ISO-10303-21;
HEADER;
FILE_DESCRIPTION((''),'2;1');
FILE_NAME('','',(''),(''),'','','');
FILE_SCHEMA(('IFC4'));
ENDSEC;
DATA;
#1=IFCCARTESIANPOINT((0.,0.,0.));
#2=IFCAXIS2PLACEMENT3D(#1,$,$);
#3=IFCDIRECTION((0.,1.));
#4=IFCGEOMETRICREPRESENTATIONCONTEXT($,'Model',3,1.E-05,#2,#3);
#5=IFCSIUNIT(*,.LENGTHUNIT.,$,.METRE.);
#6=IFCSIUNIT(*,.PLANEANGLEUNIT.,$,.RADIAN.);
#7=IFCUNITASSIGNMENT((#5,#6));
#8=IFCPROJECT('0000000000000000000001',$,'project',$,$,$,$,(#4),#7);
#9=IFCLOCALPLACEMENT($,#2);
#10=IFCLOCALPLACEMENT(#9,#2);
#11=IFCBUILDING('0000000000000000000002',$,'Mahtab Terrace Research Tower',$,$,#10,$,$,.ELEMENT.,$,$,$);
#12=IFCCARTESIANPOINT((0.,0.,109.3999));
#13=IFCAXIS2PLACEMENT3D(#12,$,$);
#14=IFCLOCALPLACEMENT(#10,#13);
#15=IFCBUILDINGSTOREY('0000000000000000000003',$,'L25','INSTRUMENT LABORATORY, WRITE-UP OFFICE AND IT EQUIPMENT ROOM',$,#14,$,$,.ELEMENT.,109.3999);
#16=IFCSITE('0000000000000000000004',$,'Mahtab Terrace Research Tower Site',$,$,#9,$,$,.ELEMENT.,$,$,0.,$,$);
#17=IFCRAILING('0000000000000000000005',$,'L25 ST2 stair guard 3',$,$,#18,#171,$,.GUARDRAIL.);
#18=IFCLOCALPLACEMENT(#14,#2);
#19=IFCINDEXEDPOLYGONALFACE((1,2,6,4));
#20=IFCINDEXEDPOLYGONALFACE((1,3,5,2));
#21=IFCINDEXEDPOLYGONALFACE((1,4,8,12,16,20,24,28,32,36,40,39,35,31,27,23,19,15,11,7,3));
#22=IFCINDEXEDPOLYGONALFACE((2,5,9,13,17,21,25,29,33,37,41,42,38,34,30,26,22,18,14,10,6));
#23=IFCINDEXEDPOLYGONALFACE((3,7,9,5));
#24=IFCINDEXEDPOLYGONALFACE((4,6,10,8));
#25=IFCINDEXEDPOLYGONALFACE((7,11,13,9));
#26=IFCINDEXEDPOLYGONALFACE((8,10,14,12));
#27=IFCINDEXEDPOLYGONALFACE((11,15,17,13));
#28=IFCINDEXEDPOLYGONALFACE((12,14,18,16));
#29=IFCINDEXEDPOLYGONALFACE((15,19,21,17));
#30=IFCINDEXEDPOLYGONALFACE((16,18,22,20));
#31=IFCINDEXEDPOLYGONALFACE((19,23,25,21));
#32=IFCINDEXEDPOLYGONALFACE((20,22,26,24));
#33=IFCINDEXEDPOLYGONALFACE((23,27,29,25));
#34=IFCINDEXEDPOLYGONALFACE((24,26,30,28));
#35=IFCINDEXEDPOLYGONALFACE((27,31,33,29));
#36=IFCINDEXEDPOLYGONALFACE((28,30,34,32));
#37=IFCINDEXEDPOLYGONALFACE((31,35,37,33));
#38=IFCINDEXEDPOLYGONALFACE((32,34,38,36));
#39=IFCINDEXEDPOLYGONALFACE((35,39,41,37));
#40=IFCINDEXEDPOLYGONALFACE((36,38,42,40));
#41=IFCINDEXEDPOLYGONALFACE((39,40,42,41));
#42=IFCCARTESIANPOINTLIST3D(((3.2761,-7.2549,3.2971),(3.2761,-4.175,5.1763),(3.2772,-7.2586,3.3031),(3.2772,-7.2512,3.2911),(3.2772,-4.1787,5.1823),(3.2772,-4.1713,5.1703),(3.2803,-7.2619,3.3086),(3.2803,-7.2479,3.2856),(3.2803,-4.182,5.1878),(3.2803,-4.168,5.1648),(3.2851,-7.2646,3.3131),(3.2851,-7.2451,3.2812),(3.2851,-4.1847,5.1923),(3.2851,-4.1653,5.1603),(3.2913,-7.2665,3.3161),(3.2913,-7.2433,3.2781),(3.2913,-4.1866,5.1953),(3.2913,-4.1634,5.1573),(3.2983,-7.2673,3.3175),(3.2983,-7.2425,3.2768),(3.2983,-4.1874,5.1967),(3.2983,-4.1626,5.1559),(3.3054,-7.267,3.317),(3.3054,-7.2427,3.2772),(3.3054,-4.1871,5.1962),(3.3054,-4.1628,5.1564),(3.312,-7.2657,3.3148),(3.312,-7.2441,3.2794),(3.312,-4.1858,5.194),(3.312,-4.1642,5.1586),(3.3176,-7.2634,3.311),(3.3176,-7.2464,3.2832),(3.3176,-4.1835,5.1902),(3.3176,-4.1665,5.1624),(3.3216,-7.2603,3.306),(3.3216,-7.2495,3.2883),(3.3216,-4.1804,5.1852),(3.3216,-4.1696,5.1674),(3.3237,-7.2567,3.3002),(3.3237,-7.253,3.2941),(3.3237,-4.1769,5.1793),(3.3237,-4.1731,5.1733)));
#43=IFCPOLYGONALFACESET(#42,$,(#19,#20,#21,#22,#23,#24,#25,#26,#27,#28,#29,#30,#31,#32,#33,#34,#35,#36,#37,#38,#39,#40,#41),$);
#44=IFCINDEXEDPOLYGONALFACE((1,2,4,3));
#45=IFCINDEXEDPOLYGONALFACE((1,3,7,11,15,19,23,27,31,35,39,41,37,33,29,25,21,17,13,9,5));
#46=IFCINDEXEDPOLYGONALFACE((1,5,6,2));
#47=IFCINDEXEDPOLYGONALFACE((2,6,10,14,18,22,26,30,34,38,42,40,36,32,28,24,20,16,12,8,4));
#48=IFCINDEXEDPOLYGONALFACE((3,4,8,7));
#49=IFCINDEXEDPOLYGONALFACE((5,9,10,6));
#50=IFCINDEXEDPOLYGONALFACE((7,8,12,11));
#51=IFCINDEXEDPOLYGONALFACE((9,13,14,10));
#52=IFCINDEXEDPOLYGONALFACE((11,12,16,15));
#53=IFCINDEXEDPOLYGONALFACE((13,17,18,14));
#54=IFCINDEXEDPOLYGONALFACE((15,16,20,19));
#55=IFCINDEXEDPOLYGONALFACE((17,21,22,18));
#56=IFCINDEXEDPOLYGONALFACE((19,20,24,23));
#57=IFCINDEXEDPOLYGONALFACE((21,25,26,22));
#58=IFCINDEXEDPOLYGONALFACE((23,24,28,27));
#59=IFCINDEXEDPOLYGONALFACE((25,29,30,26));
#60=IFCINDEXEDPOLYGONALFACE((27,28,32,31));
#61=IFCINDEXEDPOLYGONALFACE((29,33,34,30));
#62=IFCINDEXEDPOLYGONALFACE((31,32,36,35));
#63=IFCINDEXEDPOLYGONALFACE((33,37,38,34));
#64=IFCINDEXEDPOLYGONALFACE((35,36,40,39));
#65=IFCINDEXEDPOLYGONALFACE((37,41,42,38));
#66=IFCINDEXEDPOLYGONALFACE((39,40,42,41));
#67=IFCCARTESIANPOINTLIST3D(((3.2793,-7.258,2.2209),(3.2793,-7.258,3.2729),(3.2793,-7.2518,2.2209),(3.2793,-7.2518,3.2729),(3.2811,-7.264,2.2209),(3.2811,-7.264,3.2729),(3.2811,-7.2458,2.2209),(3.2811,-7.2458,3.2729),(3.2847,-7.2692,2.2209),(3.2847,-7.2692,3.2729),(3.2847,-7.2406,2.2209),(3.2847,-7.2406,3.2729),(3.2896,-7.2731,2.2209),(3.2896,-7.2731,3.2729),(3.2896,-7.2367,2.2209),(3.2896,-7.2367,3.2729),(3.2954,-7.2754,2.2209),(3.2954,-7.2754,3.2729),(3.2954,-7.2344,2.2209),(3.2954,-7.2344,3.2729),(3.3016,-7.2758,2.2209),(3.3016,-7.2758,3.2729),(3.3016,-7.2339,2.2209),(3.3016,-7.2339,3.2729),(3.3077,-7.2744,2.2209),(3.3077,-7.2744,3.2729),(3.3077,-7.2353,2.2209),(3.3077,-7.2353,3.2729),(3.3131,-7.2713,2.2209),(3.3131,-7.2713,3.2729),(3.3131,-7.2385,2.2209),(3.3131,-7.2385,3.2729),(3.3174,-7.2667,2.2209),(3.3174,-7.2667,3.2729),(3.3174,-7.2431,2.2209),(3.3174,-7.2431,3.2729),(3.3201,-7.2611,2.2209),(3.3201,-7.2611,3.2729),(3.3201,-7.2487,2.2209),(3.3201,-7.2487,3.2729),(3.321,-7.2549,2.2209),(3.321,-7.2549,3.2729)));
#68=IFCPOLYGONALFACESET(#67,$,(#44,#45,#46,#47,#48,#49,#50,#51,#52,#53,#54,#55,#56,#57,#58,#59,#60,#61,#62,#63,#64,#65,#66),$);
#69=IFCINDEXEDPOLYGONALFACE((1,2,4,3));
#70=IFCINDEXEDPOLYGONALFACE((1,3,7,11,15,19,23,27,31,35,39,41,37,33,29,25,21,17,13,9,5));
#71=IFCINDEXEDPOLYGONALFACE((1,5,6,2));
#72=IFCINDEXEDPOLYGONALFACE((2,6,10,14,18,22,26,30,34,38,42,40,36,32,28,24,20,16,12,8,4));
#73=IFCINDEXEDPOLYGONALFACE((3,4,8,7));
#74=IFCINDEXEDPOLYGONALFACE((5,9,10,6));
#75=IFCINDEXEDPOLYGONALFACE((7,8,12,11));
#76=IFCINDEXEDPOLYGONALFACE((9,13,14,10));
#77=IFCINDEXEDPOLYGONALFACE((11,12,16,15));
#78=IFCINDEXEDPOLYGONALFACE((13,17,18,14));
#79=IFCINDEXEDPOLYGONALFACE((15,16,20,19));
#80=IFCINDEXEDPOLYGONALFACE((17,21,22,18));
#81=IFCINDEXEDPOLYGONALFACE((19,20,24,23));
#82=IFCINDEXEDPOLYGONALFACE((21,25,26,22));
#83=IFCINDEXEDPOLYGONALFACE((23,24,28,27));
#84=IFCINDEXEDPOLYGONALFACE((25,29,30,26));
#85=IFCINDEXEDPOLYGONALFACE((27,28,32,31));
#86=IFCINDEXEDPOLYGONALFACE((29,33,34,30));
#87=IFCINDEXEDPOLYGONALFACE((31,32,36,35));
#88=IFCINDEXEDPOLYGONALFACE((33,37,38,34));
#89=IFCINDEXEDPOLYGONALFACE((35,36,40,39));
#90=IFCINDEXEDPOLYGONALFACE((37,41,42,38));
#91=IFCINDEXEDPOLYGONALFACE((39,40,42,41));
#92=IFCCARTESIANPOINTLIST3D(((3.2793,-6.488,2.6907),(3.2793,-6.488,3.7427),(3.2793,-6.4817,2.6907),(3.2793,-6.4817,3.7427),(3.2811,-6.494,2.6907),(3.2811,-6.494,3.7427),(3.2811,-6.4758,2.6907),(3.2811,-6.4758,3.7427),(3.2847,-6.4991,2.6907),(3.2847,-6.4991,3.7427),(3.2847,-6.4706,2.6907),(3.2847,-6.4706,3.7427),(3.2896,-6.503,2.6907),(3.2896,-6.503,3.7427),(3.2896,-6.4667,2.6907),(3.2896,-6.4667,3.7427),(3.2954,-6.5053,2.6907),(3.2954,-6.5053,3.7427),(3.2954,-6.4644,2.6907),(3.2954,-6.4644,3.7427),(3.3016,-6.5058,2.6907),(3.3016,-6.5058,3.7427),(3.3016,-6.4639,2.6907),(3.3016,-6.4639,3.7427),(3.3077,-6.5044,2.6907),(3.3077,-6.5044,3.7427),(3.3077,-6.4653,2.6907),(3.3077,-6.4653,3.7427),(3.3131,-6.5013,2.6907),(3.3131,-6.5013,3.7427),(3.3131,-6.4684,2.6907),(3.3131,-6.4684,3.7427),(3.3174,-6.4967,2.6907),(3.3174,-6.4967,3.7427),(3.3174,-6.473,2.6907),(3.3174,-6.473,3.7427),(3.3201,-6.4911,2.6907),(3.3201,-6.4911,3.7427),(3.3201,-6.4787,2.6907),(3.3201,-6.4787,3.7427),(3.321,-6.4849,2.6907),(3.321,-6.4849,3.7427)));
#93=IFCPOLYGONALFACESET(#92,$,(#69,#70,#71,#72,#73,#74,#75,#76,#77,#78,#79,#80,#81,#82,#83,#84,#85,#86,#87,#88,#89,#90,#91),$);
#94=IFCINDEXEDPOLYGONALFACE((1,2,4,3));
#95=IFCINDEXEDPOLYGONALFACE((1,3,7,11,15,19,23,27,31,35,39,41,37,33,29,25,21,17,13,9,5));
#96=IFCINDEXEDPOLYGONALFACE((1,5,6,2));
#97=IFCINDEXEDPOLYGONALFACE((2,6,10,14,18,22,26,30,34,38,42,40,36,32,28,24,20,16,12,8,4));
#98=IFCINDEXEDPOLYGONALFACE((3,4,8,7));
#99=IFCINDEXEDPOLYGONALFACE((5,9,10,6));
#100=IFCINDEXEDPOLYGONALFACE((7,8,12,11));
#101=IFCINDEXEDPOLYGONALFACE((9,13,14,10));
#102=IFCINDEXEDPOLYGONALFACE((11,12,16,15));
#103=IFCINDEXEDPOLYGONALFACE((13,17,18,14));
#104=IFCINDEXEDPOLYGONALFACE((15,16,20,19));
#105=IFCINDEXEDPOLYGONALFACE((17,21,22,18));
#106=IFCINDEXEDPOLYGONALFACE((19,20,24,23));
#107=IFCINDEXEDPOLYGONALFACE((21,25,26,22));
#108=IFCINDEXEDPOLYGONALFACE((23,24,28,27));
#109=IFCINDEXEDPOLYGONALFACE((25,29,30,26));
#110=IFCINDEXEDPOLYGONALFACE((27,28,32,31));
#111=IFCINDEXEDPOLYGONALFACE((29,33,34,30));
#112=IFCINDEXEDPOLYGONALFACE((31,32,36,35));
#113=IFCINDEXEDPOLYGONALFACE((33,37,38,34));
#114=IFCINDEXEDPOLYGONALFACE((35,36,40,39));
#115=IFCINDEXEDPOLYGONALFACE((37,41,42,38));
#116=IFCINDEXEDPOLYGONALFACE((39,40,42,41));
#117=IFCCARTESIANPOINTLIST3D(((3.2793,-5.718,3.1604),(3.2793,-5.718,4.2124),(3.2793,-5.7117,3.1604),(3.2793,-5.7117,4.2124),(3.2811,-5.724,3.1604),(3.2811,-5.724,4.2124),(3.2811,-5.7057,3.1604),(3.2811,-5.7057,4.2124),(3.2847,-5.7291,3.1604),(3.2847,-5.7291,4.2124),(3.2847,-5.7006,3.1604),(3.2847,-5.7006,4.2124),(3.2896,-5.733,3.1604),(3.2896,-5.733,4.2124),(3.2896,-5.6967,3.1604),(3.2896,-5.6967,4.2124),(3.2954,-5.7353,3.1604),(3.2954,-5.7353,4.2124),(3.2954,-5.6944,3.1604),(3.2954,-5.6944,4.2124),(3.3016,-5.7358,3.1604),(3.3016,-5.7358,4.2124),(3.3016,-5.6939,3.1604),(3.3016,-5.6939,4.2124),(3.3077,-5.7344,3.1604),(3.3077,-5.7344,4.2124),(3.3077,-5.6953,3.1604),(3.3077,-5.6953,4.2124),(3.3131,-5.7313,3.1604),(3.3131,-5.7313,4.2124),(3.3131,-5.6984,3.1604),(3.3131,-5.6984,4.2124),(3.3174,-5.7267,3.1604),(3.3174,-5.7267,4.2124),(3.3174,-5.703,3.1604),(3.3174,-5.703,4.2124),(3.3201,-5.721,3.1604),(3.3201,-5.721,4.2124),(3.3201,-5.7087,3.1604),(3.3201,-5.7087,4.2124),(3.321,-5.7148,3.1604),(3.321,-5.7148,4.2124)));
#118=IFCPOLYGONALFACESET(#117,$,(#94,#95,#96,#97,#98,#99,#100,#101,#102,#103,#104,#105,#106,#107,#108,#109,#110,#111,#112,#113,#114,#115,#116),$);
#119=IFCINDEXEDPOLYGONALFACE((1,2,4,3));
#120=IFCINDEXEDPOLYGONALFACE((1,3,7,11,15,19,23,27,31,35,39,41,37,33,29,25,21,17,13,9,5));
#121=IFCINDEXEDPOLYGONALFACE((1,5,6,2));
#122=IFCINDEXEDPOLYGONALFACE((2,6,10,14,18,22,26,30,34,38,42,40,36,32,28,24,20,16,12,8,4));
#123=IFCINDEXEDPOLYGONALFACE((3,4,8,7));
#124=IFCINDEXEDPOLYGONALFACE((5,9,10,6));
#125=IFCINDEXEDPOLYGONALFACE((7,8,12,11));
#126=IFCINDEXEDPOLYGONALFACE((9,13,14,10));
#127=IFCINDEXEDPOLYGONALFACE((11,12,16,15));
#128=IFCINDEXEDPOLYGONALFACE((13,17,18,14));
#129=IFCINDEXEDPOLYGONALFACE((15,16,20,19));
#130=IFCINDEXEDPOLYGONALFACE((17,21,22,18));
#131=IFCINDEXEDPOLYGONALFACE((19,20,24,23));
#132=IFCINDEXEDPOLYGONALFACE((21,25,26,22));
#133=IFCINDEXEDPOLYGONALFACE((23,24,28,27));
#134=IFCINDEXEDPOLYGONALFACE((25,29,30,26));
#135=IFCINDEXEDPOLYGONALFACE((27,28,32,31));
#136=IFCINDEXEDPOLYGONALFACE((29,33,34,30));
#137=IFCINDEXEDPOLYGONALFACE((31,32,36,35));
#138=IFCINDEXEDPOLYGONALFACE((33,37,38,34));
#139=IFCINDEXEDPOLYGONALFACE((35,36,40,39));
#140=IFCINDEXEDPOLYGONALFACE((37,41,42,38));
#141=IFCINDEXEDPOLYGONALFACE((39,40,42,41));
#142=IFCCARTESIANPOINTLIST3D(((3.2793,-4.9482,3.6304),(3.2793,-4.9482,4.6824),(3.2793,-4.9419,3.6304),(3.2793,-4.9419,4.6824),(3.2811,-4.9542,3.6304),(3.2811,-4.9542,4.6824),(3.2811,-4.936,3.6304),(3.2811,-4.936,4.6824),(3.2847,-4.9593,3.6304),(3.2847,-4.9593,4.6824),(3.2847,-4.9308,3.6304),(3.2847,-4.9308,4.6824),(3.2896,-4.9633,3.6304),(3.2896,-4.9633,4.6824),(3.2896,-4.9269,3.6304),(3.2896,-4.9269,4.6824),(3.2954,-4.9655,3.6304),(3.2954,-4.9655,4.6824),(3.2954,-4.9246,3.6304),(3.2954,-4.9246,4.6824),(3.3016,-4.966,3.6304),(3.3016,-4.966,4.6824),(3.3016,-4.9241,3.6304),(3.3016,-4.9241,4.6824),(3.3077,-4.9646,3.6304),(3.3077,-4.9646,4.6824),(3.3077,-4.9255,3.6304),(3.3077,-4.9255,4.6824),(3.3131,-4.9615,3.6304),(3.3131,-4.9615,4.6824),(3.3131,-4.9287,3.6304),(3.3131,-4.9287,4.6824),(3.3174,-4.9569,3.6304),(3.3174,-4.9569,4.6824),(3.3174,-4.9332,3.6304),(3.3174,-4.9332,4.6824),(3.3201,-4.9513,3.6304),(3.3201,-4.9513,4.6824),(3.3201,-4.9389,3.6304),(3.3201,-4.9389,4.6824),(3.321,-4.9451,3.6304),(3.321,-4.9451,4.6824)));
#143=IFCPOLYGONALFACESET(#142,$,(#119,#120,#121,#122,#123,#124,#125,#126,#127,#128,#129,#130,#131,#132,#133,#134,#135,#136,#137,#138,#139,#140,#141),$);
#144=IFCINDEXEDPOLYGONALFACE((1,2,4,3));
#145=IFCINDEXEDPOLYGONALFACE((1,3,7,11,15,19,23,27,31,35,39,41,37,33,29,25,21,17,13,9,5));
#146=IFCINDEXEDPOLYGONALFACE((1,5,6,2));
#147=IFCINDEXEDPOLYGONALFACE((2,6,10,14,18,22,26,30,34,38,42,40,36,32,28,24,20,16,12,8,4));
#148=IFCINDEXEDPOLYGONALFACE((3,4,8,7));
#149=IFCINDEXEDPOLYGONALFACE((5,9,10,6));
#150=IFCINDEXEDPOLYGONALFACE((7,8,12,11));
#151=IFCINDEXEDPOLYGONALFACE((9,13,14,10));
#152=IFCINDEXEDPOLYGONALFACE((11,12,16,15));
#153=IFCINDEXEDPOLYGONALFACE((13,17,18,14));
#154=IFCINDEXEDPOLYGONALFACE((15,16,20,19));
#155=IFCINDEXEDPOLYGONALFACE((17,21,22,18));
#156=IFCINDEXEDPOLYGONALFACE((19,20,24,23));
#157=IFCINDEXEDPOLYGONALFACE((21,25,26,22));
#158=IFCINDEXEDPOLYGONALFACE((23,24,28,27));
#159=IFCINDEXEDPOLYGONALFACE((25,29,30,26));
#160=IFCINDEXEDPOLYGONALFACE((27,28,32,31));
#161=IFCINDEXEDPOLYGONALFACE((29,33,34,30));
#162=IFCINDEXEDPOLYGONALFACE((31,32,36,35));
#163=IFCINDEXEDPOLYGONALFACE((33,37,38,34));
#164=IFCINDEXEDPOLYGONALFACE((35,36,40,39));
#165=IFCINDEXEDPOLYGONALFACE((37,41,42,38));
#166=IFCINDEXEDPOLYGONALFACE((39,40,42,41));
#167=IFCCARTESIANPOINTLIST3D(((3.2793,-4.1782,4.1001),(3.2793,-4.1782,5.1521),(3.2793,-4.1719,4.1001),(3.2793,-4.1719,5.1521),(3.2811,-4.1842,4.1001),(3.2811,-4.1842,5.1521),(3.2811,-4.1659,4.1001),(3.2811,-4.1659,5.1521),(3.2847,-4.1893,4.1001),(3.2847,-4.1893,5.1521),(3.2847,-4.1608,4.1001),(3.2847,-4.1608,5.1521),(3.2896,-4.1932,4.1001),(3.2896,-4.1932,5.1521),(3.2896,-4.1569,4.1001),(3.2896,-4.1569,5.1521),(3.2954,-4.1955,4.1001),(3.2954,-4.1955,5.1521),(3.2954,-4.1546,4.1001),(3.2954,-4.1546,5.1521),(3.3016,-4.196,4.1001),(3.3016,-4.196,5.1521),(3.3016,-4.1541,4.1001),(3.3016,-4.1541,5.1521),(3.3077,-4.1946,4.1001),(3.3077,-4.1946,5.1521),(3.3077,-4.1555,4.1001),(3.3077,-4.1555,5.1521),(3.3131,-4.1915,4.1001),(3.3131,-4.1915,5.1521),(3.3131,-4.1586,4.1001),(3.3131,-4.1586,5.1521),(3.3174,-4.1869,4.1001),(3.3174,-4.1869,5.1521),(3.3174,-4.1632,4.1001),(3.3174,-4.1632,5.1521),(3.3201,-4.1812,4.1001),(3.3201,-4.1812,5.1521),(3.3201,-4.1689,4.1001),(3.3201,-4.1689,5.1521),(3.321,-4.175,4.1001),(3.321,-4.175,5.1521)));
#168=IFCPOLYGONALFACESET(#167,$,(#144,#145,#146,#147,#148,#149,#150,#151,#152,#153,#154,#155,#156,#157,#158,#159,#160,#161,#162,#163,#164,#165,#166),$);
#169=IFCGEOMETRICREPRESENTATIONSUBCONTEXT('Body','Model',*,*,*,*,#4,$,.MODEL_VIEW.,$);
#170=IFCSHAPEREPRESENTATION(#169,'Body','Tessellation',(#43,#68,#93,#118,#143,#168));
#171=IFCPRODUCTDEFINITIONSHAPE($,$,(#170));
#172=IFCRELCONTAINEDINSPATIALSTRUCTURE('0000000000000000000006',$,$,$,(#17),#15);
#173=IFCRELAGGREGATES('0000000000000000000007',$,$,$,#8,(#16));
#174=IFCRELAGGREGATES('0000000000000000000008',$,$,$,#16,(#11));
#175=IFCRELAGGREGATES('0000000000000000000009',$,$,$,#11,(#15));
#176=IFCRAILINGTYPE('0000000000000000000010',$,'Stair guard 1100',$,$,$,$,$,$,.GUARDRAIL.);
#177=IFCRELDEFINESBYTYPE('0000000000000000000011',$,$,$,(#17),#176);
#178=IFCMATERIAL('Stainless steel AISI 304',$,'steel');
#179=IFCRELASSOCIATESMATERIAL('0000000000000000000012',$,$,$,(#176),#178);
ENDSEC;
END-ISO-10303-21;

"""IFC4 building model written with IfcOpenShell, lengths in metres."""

from ifc_helpers import new_model, si_unit, direction, frame, origin, origin_2d, place, context, subcontext, project, spatial, circle, extrude, material, type_object, element, save


model = new_model("IFC4")

# Units and contexts
model_context = context("Model", 3, precision=1e-05, world=origin(), true_north=direction((0.0, 1.0)))
body_context = subcontext(model_context, "Body", "Model", "MODEL_VIEW")
ifc_project = project(units=[si_unit("LENGTHUNIT", "METRE"), si_unit("PLANEANGLEUNIT", "RADIAN")], contexts=[model_context])

# Site, building, storey
site_placement = place(None, origin())
site = spatial("IfcSite", under=ifc_project, at=site_placement, Name="Mahtab Terrace Research Tower Site", CompositionType="ELEMENT", RefElevation=0.0)
building_placement = place(site_placement, origin())
building = spatial("IfcBuilding", under=site, at=building_placement, Name="Mahtab Terrace Research Tower", CompositionType="ELEMENT")
storey_placement = place(building_placement, frame((0.0, 0.0, 109.3999)))
storey = spatial("IfcBuildingStorey", under=building, at=storey_placement, Name="L25", Description="INSTRUMENT LABORATORY, WRITE-UP OFFICE AND IT EQUIPMENT ROOM", CompositionType="ELEMENT", Elevation=109.3999)

# Railing
ifc_material_1 = material(Name="Stainless steel AISI 304", Category="steel")
railing_type_1 = type_object("IfcRailingType", Name="Stair guard 1100", PredefinedType="GUARDRAIL", material=ifc_material_1)
railing_1_placement = place(storey_placement, frame((3.3, -7.2549, 2.2209)))
element("IfcRailing", 1, at=railing_1_placement, inside=storey, type_object=railing_type_1, Name="L25 ST2 stair guard 3", PredefinedType="GUARDRAIL", context=body_context, shape_type="SweptSolid", body=[
    extrude(circle(Radius=0.0239, at=origin_2d()), frame((0.0, 0.0, 1.0762), z_axis=(0.0, 0.853648, 0.52085), x_axis=(-1.0, 0.0, 0.0)), (0.0, 0.0, 1.0), 3.6079),
    extrude(circle(Radius=0.021, at=origin_2d()), origin(), (0.0, 0.0, 1.0), 1.052),
    extrude(circle(Radius=0.021, at=origin_2d()), frame((0.0, 0.77, 0.4697)), (0.0, 0.0, 1.0), 1.052),
    extrude(circle(Radius=0.021, at=origin_2d()), frame((0.0, 1.54, 0.9395)), (0.0, 0.0, 1.0), 1.052),
    extrude(circle(Radius=0.021, at=origin_2d()), frame((0.0, 2.3098, 1.4094)), (0.0, 0.0, 1.0), 1.052),
    extrude(circle(Radius=0.021, at=origin_2d()), frame((0.0, 3.0798, 1.8792)), (0.0, 0.0, 1.0), 1.052),
])

save(model, "model.ifc")
